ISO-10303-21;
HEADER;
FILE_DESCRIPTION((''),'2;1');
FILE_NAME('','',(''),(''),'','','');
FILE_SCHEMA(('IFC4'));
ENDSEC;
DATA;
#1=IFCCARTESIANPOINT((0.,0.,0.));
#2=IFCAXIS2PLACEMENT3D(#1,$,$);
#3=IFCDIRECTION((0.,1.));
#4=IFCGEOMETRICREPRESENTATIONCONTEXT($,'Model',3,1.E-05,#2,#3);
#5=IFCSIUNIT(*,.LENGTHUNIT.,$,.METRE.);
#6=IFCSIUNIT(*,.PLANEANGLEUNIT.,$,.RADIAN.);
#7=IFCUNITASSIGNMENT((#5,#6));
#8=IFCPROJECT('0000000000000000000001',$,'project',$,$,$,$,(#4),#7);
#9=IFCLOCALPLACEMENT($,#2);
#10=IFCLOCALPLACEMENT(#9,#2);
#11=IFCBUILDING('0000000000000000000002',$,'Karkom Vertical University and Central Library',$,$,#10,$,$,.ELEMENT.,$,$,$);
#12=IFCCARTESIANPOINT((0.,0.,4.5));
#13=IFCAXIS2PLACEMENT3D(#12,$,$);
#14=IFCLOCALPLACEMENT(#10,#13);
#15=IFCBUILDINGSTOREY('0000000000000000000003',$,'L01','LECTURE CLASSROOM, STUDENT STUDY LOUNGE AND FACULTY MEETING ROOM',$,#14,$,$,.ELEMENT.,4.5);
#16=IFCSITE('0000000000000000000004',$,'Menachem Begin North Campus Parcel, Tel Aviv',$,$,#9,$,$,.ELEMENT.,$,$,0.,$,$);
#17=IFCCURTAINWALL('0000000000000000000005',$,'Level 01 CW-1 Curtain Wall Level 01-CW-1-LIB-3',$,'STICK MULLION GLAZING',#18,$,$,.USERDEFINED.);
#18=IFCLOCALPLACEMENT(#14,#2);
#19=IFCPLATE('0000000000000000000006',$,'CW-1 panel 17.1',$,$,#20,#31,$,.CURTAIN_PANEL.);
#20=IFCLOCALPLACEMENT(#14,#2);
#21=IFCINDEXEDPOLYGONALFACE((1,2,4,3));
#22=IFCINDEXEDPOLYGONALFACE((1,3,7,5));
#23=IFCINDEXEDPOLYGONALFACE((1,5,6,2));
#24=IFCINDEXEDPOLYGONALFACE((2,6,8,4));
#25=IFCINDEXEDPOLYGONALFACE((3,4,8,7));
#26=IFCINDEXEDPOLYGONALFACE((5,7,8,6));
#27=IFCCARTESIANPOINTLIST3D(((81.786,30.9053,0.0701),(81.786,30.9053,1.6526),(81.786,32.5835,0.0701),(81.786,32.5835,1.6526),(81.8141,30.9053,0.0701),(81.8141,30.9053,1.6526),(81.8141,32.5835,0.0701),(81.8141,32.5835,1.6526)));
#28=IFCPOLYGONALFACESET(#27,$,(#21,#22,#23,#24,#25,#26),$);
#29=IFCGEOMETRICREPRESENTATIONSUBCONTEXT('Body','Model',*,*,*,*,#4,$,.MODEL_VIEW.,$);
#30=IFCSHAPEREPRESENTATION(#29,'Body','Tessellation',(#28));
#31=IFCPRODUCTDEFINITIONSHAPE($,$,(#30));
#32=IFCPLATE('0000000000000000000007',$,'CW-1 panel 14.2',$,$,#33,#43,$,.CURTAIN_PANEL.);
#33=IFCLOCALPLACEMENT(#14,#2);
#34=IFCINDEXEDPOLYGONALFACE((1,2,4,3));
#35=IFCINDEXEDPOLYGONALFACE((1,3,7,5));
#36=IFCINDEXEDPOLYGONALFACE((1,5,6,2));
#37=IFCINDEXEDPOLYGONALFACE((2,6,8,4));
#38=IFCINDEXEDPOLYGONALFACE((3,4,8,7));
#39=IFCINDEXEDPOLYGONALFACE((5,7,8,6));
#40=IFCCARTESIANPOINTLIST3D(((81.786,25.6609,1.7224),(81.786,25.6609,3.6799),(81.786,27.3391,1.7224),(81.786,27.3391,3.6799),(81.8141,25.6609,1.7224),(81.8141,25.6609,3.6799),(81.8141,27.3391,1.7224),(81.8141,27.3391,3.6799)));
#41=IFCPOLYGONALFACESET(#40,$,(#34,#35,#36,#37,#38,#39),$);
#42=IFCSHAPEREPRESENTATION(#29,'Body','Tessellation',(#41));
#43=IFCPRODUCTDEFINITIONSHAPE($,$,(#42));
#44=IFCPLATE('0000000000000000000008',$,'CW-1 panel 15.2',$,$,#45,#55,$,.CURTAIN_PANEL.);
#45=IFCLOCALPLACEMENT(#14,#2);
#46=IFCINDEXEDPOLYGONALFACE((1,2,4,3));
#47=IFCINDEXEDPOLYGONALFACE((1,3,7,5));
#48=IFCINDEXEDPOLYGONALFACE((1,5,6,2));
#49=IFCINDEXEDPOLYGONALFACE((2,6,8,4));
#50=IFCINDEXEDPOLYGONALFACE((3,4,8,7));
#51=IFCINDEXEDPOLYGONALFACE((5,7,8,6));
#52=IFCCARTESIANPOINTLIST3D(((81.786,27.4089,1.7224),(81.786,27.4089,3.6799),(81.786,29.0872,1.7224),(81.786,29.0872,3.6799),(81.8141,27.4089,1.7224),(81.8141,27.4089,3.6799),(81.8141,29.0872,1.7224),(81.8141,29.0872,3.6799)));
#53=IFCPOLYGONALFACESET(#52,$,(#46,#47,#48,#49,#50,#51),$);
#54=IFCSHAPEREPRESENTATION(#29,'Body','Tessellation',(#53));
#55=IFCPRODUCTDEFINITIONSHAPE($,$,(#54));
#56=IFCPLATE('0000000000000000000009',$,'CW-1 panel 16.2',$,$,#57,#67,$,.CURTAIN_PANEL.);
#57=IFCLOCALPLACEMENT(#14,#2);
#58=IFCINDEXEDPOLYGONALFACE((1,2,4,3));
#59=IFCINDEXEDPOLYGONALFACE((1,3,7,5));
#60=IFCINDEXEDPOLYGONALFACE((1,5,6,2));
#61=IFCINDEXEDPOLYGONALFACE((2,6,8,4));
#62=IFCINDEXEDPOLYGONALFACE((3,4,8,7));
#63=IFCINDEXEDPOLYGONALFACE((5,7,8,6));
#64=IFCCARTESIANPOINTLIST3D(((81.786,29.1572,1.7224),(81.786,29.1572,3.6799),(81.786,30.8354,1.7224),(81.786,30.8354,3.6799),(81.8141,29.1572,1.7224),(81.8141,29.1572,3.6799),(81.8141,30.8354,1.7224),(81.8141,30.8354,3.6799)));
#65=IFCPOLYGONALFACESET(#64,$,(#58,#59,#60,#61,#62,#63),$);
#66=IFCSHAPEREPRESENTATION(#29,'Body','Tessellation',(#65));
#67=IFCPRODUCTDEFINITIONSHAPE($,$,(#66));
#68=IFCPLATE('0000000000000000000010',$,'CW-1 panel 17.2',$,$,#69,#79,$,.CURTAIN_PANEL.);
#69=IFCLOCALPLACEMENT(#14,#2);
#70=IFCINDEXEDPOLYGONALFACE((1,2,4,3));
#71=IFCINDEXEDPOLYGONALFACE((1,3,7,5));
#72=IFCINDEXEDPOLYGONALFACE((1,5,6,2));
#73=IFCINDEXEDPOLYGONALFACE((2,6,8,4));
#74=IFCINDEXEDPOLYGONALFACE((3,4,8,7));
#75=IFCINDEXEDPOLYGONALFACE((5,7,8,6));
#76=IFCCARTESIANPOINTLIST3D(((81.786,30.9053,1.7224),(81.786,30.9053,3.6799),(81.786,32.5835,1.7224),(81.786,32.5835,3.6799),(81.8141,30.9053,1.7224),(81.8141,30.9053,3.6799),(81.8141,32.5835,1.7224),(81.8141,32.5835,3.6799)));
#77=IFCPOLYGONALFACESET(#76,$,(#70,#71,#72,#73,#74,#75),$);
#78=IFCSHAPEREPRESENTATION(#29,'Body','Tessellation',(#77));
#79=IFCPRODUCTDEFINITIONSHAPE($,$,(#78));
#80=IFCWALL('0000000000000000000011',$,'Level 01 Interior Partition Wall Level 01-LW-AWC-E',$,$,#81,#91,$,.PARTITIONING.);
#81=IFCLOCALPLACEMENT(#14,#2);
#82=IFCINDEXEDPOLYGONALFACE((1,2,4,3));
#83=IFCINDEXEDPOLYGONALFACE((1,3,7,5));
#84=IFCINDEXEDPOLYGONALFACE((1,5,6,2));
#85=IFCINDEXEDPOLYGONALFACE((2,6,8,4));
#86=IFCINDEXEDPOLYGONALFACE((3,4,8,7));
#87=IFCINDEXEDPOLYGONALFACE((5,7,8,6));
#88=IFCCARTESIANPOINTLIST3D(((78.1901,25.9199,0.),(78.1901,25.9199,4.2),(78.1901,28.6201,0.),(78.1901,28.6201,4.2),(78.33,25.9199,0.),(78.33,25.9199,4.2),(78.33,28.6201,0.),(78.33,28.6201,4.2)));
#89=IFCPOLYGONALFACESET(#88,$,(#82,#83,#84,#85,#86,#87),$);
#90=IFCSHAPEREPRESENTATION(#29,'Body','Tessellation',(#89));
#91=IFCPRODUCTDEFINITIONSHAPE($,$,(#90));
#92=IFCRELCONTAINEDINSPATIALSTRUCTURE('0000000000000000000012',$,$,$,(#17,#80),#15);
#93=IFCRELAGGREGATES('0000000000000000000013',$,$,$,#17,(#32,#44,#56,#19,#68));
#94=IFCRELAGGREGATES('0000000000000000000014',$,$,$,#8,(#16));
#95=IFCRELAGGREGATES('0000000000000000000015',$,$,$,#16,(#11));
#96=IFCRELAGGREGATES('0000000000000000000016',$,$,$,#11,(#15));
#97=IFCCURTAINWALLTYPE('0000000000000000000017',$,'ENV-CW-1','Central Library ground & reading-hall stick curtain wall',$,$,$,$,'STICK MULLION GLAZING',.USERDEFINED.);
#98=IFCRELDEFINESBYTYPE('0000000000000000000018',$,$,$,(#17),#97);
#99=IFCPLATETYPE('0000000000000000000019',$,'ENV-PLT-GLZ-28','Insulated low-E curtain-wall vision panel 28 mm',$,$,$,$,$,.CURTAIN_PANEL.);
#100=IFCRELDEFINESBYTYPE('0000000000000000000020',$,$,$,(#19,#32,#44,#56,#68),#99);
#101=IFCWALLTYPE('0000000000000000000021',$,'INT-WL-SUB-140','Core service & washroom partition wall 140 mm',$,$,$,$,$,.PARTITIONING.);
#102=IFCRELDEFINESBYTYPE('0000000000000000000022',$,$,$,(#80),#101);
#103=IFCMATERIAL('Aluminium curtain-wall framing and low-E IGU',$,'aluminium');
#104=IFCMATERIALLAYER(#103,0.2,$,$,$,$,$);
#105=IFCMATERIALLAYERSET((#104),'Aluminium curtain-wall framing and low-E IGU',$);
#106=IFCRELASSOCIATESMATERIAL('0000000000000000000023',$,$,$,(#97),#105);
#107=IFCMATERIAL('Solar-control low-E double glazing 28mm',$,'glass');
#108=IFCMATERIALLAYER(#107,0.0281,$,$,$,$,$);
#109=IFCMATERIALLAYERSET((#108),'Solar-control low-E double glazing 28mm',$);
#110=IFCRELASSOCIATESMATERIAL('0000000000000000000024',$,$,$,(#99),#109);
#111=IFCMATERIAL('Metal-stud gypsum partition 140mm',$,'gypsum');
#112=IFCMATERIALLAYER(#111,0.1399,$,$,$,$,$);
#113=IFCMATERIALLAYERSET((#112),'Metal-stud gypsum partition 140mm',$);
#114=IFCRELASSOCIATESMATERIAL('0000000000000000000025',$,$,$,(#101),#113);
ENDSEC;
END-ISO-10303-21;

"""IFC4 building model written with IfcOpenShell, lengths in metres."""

from ifc_helpers import new_model, si_unit, direction, frame, frame_2d, origin, origin_with_axes, origin_2d, place, context, subcontext, project, spatial, rectangle, extrude, source, transform, mapped, material, layer, layer_set, type_object, element, aggregate, save


model = new_model("IFC4")

# Units and contexts
model_context = context("Model", 3, precision=1e-05, world=origin(), true_north=direction((0.0, 1.0)))
body_context = subcontext(model_context, "Body", "Model", "MODEL_VIEW")
ifc_project = project(units=[si_unit("LENGTHUNIT", "METRE"), si_unit("PLANEANGLEUNIT", "RADIAN")], contexts=[model_context])

# Site, building, storey
site_placement = place(None, origin())
site = spatial("IfcSite", under=ifc_project, at=site_placement, Name="Menachem Begin North Campus Parcel, Tel Aviv", CompositionType="ELEMENT", RefElevation=0.0)
building_placement = place(site_placement, origin())
building = spatial("IfcBuilding", under=site, at=building_placement, Name="Karkom Vertical University and Central Library", CompositionType="ELEMENT")
storey_placement = place(building_placement, frame((0.0, 0.0, 4.5)))
storey = spatial("IfcBuildingStorey", under=building, at=storey_placement, Name="L01", Description="LECTURE CLASSROOM, STUDENT STUDY LOUNGE AND FACULTY MEETING ROOM", CompositionType="ELEMENT", Elevation=4.5)

# Curtain wall, plates
ifc_material_1 = material(Name="Aluminium curtain-wall framing and low-E IGU", Category="aluminium")
ifc_layer_1 = layer(ifc_material_1, 0.2)
ifc_layer_set_1 = layer_set([ifc_layer_1], Name="Aluminium curtain-wall framing and low-E IGU")
curtain_wall_type = type_object("IfcCurtainWallType", Name="ENV-CW-1", Description="Central Library ground & reading-hall stick curtain wall", ElementType="STICK MULLION GLAZING", PredefinedType="USERDEFINED", material=ifc_layer_set_1)
curtain_wall_placement = place(storey_placement, origin())
curtain_wall = element("IfcCurtainWall", 1, at=curtain_wall_placement, inside=storey, type_object=curtain_wall_type, Name="Level 01 CW-1 Curtain Wall Level 01-CW-1-LIB-3", ObjectType="STICK MULLION GLAZING", PredefinedType="USERDEFINED")
ifc_material_2 = material(Name="Solar-control low-E double glazing 28mm", Category="glass")
ifc_layer_2 = layer(ifc_material_2, 0.0281)
ifc_layer_set_2 = layer_set([ifc_layer_2], Name="Solar-control low-E double glazing 28mm")
plate_type = type_object("IfcPlateType", Name="ENV-PLT-GLZ-28", Description="Insulated low-E curtain-wall vision panel 28 mm", PredefinedType="CURTAIN_PANEL", material=ifc_layer_set_2)
shared_shape_1 = source(origin_with_axes(), body_context, "Body", "SweptSolid", [
    extrude(rectangle(XDim=1.6782, YDim=0.0281, at=origin_2d()), origin(), (0.0, 0.0, 1.0), 1.5825),
])
plate_1_placement = place(storey_placement, frame((81.8, 31.7444, 0.0701), z_axis=(0.0, 0.0, 1.0), x_axis=(0.0, 1.0, 0.0)))
plate_1 = element("IfcPlate", 2, at=plate_1_placement, type_object=plate_type, Name="CW-1 panel 17.1", PredefinedType="CURTAIN_PANEL", context=body_context, shape_type="MappedRepresentation", body=[
    mapped(shared_shape_1, transform((0.0, 0.0, 0.0), scale=1.0)),
])
shared_shape_2 = source(origin_with_axes(), body_context, "Body", "SweptSolid", [
    extrude(rectangle(XDim=1.6782, YDim=0.0281, at=origin_2d()), origin(), (0.0, 0.0, 1.0), 1.9575),
])
plate_2_placement = place(storey_placement, frame((81.8, 26.5, 1.7224), z_axis=(0.0, 0.0, 1.0), x_axis=(0.0, 1.0, 0.0)))
plate_2 = element("IfcPlate", 3, at=plate_2_placement, type_object=plate_type, Name="CW-1 panel 14.2", PredefinedType="CURTAIN_PANEL", context=body_context, shape_type="MappedRepresentation", body=[
    mapped(shared_shape_2, transform((0.0, 0.0, 0.0), scale=1.0)),
])
plate_3_placement = place(storey_placement, frame((81.8, 28.248, 1.7224), z_axis=(0.0, 0.0, 1.0), x_axis=(0.0, 1.0, 0.0)))
plate_3 = element("IfcPlate", 4, at=plate_3_placement, type_object=plate_type, Name="CW-1 panel 15.2", PredefinedType="CURTAIN_PANEL", context=body_context, shape_type="MappedRepresentation", body=[
    mapped(shared_shape_2, transform((0.0, 0.0, 0.0), scale=1.0)),
])
plate_4_placement = place(storey_placement, frame((81.8, 29.9963, 1.7224), z_axis=(0.0, 0.0, 1.0), x_axis=(0.0, 1.0, 0.0)))
plate_4 = element("IfcPlate", 5, at=plate_4_placement, type_object=plate_type, Name="CW-1 panel 16.2", PredefinedType="CURTAIN_PANEL", context=body_context, shape_type="MappedRepresentation", body=[
    mapped(shared_shape_2, transform((0.0, 0.0, 0.0), scale=1.0)),
])
plate_5_placement = place(storey_placement, frame((81.8, 31.7444, 1.7224), z_axis=(0.0, 0.0, 1.0), x_axis=(0.0, 1.0, 0.0)))
plate_5 = element("IfcPlate", 6, at=plate_5_placement, type_object=plate_type, Name="CW-1 panel 17.2", PredefinedType="CURTAIN_PANEL", context=body_context, shape_type="MappedRepresentation", body=[
    mapped(shared_shape_2, transform((0.0, 0.0, 0.0), scale=1.0)),
])
aggregate(curtain_wall, [plate_2, plate_3, plate_4, plate_1, plate_5])

# Wall
ifc_material_3 = material(Name="Metal-stud gypsum partition 140mm", Category="gypsum")
ifc_layer_3 = layer(ifc_material_3, 0.1399)
ifc_layer_set_3 = layer_set([ifc_layer_3], Name="Metal-stud gypsum partition 140mm")
wall_type = type_object("IfcWallType", Name="INT-WL-SUB-140", Description="Core service & washroom partition wall 140 mm", PredefinedType="PARTITIONING", material=ifc_layer_set_3)
wall_placement = place(storey_placement, frame((78.26, 25.9199, 0.0), z_axis=(0.0, 0.0, 1.0), x_axis=(0.0, 1.0, 0.0)))
element("IfcWall", 7, at=wall_placement, inside=storey, type_object=wall_type, Name="Level 01 Interior Partition Wall Level 01-LW-AWC-E", PredefinedType="PARTITIONING", context=body_context, shape_type="SweptSolid", body=[
    extrude(rectangle(XDim=2.7002, YDim=0.1399, at=frame_2d((1.3501, 0.0))), origin(), (0.0, 0.0, 1.0), 4.2),
])

save(model, "model.ifc")
